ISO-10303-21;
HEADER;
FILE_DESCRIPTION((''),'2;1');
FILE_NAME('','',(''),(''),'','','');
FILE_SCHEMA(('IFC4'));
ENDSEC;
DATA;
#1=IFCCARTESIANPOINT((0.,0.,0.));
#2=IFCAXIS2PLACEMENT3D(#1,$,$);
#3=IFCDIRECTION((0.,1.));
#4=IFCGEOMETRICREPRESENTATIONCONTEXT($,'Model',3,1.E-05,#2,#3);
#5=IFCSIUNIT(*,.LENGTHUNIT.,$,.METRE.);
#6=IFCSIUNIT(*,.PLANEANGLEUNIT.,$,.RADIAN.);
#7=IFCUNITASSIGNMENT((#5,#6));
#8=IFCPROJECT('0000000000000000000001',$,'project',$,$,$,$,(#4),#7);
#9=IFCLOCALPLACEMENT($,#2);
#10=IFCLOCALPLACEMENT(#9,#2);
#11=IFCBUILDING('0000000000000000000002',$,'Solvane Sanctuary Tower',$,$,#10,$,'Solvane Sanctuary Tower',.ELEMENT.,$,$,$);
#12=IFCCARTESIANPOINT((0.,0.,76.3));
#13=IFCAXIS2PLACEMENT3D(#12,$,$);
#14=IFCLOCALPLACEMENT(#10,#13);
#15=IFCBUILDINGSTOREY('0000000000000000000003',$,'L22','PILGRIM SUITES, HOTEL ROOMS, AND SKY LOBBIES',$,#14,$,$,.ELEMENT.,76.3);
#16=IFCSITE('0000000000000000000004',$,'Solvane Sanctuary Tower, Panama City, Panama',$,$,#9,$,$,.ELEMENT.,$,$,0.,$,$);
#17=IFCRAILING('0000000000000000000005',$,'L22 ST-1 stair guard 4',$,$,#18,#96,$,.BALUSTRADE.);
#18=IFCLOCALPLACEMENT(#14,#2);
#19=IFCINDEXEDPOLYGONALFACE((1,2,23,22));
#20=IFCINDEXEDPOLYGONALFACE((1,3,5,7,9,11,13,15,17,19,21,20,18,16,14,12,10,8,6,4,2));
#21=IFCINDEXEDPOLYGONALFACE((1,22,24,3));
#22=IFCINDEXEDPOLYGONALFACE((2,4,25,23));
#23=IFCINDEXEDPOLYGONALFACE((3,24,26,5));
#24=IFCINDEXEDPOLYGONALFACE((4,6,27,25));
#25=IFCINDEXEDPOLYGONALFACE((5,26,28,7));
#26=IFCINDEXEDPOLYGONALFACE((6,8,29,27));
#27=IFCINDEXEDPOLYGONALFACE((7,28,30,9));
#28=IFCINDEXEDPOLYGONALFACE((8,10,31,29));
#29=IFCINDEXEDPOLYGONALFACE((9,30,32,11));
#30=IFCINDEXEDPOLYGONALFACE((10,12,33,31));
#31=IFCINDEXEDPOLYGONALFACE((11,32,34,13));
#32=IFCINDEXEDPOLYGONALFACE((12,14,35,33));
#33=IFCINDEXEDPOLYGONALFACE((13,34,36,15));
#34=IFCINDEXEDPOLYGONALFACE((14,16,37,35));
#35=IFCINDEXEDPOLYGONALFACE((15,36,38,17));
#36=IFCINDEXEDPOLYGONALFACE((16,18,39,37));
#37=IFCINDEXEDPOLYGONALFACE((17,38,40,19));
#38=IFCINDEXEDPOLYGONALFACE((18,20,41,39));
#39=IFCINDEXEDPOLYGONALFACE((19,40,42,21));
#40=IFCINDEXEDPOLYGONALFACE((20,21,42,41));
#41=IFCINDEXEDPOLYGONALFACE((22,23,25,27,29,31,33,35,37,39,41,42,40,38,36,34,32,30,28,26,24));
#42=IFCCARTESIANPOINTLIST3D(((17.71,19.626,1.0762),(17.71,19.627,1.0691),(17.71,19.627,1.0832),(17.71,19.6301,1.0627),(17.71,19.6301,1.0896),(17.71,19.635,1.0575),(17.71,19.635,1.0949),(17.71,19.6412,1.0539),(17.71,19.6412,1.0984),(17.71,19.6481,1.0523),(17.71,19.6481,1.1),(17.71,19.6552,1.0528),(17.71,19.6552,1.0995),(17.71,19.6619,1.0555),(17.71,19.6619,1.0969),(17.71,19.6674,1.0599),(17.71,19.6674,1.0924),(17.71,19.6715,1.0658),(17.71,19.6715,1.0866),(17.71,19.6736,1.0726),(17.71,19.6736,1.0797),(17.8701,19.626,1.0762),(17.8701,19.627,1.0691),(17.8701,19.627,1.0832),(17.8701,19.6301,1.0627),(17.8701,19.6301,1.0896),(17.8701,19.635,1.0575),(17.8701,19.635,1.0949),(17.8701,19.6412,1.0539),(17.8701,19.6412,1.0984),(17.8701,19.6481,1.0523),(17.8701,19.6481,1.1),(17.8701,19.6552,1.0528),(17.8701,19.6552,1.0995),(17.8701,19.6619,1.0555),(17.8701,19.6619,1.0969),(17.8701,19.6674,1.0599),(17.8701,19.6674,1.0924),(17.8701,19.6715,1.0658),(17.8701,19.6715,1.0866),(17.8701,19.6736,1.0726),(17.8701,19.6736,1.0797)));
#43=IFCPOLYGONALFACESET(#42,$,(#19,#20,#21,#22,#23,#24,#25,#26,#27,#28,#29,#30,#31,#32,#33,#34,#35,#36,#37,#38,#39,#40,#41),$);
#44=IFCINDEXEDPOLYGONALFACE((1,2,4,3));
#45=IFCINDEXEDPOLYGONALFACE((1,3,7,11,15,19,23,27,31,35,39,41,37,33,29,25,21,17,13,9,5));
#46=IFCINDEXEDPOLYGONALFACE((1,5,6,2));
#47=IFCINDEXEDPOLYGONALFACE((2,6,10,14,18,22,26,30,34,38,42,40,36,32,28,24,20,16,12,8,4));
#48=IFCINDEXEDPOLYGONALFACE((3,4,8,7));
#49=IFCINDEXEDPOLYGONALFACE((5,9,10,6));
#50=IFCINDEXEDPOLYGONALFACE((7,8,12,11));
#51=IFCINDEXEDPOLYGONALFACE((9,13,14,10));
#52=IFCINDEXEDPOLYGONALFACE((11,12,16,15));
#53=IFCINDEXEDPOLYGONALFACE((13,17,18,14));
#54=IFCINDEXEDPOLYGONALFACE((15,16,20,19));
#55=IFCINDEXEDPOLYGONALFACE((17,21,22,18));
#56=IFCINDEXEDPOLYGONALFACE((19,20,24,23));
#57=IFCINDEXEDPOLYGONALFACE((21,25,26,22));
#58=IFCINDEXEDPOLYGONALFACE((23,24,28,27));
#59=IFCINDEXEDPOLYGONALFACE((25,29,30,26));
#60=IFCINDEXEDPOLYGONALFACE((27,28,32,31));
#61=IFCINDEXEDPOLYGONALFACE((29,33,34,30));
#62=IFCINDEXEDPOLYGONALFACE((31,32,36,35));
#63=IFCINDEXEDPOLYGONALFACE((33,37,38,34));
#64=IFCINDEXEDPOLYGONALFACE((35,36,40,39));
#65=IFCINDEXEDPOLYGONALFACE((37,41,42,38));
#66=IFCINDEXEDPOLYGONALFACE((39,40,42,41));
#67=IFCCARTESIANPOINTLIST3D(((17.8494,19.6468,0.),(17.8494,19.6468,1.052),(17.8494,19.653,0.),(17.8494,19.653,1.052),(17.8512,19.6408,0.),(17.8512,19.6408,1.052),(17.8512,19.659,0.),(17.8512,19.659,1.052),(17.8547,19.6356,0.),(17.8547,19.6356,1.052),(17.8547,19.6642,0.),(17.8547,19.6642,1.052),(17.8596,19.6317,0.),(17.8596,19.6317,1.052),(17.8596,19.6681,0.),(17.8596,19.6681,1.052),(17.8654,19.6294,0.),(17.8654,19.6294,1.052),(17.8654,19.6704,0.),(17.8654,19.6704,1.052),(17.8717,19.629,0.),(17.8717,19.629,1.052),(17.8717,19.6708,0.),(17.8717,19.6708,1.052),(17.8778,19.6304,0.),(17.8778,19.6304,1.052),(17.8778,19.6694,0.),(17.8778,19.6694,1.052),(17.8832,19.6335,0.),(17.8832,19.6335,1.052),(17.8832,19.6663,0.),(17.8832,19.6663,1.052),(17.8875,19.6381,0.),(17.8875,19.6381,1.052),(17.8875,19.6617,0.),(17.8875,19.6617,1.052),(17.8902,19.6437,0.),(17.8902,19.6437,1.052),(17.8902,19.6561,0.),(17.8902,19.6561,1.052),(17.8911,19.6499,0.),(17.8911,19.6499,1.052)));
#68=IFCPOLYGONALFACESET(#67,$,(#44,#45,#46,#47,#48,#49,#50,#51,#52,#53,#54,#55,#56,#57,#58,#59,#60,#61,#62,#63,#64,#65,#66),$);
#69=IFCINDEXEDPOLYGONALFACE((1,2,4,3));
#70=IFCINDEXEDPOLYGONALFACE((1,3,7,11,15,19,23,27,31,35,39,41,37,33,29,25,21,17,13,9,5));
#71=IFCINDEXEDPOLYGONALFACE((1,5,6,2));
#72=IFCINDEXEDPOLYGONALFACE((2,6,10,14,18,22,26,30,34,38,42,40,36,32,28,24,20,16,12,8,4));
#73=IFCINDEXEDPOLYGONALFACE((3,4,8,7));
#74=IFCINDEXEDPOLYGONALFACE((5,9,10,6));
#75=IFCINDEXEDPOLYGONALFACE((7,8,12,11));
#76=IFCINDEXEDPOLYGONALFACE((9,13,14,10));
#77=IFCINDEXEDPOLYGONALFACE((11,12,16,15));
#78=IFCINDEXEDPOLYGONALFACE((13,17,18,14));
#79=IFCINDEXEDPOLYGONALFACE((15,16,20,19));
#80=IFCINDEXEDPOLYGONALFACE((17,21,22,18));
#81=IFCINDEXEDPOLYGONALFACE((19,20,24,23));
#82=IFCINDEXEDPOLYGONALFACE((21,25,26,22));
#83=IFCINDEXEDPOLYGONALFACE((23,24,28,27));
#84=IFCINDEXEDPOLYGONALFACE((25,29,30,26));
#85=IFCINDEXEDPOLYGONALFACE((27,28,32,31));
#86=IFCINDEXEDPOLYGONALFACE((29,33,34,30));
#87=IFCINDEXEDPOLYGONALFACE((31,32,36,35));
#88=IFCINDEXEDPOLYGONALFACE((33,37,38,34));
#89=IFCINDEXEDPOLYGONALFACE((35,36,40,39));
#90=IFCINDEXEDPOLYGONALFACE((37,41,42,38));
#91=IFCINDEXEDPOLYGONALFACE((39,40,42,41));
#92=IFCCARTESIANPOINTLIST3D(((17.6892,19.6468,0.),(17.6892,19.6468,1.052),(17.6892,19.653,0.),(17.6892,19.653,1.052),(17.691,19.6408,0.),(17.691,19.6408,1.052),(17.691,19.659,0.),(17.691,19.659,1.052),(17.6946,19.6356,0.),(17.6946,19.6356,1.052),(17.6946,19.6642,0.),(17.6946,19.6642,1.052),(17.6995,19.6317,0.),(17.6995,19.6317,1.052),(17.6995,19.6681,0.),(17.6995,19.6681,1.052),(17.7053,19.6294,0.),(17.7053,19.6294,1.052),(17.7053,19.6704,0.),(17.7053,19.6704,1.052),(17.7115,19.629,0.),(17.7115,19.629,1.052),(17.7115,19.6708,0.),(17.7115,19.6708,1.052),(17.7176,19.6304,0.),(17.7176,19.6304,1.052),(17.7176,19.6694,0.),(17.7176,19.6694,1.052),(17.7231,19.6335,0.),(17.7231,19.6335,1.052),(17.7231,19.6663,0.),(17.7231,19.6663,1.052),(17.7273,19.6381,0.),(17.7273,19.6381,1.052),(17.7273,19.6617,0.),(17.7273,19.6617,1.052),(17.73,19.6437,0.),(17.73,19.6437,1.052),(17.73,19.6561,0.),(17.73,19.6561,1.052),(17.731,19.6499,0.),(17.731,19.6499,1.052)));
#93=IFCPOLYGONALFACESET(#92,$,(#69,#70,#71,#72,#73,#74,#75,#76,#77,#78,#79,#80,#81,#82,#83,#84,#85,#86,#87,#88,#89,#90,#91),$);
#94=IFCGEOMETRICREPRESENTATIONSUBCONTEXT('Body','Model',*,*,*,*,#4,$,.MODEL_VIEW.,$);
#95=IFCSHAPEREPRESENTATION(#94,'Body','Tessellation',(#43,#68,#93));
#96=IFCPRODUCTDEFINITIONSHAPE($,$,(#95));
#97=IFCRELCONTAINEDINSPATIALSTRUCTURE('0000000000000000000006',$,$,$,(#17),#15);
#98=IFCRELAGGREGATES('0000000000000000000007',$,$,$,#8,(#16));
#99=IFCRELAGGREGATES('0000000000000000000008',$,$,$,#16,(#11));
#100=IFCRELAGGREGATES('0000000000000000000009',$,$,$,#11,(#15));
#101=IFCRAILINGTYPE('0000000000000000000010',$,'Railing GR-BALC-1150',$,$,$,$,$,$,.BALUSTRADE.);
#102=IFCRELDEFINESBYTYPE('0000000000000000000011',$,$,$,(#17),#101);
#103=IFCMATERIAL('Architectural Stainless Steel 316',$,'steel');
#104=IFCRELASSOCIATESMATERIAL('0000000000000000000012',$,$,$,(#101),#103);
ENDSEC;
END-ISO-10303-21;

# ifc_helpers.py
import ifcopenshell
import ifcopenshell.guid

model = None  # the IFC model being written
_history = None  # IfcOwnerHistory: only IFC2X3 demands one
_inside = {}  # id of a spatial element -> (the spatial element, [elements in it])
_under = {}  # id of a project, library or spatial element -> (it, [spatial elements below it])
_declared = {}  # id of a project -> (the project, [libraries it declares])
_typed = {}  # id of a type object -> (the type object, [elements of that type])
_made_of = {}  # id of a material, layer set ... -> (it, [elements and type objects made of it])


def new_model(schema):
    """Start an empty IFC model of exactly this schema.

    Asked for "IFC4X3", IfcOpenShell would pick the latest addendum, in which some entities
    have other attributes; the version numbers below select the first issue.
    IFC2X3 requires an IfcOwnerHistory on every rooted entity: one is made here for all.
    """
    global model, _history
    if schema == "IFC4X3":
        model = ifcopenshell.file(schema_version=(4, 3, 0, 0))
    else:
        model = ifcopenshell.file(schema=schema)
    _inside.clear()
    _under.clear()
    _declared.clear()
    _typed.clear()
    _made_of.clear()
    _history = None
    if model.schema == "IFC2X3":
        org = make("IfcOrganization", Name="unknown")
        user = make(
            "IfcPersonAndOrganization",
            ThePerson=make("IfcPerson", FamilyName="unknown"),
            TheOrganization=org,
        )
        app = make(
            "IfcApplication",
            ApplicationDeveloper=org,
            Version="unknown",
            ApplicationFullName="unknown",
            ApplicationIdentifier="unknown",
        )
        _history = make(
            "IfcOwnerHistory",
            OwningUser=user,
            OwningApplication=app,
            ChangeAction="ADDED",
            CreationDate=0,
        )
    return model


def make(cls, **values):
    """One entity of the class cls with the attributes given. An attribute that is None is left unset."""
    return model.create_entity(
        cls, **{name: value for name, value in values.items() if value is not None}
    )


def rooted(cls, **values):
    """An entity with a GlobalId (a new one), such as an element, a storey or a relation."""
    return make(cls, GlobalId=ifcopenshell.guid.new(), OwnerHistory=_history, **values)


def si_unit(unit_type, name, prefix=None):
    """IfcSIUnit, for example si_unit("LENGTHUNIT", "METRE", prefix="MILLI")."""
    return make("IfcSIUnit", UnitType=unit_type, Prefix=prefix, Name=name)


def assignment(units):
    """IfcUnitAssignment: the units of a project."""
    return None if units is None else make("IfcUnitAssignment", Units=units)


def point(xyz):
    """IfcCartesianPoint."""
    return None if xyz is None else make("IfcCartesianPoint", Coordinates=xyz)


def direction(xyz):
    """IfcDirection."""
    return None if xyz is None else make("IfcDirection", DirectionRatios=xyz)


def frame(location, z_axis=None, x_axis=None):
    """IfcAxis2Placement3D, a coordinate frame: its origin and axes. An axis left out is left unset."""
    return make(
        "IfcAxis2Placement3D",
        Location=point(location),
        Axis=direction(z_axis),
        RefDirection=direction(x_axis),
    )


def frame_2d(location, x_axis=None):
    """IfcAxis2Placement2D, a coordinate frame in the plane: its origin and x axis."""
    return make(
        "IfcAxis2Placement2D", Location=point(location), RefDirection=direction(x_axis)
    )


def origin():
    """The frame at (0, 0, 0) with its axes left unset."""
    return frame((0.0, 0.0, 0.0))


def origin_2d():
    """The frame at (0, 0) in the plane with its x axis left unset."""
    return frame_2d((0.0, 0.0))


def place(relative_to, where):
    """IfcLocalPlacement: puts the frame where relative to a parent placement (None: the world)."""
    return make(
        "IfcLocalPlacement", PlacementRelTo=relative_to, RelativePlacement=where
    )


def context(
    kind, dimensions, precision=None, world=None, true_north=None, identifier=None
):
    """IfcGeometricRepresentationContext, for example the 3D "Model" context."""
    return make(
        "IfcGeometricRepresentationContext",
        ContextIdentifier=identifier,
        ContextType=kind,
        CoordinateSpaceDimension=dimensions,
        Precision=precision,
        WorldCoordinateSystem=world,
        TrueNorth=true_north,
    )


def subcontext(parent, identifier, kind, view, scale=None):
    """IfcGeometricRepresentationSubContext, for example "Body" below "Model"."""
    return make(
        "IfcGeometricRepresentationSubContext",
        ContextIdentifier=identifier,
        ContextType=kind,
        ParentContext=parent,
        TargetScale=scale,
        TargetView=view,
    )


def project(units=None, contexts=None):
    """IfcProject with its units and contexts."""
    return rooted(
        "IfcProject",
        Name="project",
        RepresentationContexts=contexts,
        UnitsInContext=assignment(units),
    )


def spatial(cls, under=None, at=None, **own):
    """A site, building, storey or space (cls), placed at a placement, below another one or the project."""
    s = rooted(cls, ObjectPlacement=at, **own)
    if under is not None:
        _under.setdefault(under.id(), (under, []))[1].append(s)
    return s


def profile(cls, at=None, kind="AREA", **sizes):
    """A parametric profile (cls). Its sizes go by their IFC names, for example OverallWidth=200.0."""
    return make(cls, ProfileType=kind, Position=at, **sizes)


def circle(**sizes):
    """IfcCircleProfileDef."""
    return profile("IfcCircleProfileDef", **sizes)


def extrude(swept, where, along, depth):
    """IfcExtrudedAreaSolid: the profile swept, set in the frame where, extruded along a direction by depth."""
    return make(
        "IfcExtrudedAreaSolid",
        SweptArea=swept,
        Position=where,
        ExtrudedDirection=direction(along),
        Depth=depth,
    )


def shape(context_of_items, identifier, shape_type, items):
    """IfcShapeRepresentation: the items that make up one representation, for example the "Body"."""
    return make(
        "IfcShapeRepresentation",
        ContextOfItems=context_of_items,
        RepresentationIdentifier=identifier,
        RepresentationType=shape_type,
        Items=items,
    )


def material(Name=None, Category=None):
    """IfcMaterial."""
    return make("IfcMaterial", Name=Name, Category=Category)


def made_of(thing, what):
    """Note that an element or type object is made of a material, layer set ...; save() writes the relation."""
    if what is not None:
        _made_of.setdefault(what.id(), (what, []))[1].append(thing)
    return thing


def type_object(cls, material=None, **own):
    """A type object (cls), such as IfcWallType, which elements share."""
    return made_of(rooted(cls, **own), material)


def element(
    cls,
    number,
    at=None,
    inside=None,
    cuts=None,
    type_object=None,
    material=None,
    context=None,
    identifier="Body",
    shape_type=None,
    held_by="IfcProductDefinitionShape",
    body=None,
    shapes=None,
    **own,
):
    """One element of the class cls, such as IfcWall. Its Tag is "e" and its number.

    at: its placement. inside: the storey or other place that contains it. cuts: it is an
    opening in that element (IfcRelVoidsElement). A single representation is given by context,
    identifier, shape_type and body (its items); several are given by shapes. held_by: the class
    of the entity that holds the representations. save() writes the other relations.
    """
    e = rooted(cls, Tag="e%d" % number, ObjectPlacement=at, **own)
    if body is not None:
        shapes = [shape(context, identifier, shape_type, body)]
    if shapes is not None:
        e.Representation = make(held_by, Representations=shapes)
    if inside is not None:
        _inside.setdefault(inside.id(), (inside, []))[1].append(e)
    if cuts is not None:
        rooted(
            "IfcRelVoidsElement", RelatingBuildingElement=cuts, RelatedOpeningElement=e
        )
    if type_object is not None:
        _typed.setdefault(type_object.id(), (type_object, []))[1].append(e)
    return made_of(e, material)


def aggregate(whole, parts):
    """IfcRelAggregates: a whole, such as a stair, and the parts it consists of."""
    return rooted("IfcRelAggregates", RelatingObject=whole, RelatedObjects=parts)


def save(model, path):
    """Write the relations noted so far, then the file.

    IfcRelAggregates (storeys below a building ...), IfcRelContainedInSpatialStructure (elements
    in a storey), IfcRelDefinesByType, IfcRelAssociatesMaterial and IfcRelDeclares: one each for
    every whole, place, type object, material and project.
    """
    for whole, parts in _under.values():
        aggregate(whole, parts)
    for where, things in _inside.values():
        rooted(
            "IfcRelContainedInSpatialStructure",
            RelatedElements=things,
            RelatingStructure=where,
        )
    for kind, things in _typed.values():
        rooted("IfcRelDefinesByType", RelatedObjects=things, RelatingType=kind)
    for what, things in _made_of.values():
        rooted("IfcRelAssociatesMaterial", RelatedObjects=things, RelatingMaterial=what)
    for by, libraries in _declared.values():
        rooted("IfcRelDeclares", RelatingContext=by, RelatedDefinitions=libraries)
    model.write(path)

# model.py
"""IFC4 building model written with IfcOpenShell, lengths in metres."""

from ifc_helpers import new_model, si_unit, direction, frame, origin, origin_2d, place, context, subcontext, project, spatial, circle, extrude, material, type_object, element, save


model = new_model("IFC4")

# Units and contexts
model_context = context("Model", 3, precision=1e-05, world=origin(), true_north=direction((0.0, 1.0)))
body_context = subcontext(model_context, "Body", "Model", "MODEL_VIEW")
ifc_project = project(units=[si_unit("LENGTHUNIT", "METRE"), si_unit("PLANEANGLEUNIT", "RADIAN")], contexts=[model_context])

# Site, building, storey
site_placement = place(None, origin())
site = spatial("IfcSite", under=ifc_project, at=site_placement, Name="Solvane Sanctuary Tower, Panama City, Panama", CompositionType="ELEMENT", RefElevation=0.0)
building_placement = place(site_placement, origin())
building = spatial("IfcBuilding", under=site, at=building_placement, Name="Solvane Sanctuary Tower", LongName="Solvane Sanctuary Tower", CompositionType="ELEMENT")
storey_placement = place(building_placement, frame((0.0, 0.0, 76.3)))
storey = spatial("IfcBuildingStorey", under=building, at=storey_placement, Name="L22", Description="PILGRIM SUITES, HOTEL ROOMS, AND SKY LOBBIES", CompositionType="ELEMENT", Elevation=76.3)

# Shared definitions
ifc_material_1 = material(Name="Architectural Stainless Steel 316", Category="steel")

# Railing
railing_type = type_object("IfcRailingType", Name="Railing GR-BALC-1150", PredefinedType="BALUSTRADE", material=ifc_material_1)
railing_1_placement = place(storey_placement, frame((17.8701, 19.6499, 0.0)))
element("IfcRailing", 1, at=railing_1_placement, inside=storey, type_object=railing_type, Name="L22 ST-1 stair guard 4", PredefinedType="BALUSTRADE", context=body_context, shape_type="SweptSolid", body=[
    extrude(circle(Radius=0.0239, at=origin_2d()), frame((0.0, 0.0, 1.0762), z_axis=(-1.0, 0.0, 0.0), x_axis=(0.0, -1.0, 0.0)), (0.0, 0.0, 1.0), 0.1602),
    extrude(circle(Radius=0.021, at=origin_2d()), origin(), (0.0, 0.0, 1.0), 1.052),
    extrude(circle(Radius=0.021, at=origin_2d()), frame((-0.1602, 0.0, 0.0)), (0.0, 0.0, 1.0), 1.052),
])

save(model, "model.ifc")
